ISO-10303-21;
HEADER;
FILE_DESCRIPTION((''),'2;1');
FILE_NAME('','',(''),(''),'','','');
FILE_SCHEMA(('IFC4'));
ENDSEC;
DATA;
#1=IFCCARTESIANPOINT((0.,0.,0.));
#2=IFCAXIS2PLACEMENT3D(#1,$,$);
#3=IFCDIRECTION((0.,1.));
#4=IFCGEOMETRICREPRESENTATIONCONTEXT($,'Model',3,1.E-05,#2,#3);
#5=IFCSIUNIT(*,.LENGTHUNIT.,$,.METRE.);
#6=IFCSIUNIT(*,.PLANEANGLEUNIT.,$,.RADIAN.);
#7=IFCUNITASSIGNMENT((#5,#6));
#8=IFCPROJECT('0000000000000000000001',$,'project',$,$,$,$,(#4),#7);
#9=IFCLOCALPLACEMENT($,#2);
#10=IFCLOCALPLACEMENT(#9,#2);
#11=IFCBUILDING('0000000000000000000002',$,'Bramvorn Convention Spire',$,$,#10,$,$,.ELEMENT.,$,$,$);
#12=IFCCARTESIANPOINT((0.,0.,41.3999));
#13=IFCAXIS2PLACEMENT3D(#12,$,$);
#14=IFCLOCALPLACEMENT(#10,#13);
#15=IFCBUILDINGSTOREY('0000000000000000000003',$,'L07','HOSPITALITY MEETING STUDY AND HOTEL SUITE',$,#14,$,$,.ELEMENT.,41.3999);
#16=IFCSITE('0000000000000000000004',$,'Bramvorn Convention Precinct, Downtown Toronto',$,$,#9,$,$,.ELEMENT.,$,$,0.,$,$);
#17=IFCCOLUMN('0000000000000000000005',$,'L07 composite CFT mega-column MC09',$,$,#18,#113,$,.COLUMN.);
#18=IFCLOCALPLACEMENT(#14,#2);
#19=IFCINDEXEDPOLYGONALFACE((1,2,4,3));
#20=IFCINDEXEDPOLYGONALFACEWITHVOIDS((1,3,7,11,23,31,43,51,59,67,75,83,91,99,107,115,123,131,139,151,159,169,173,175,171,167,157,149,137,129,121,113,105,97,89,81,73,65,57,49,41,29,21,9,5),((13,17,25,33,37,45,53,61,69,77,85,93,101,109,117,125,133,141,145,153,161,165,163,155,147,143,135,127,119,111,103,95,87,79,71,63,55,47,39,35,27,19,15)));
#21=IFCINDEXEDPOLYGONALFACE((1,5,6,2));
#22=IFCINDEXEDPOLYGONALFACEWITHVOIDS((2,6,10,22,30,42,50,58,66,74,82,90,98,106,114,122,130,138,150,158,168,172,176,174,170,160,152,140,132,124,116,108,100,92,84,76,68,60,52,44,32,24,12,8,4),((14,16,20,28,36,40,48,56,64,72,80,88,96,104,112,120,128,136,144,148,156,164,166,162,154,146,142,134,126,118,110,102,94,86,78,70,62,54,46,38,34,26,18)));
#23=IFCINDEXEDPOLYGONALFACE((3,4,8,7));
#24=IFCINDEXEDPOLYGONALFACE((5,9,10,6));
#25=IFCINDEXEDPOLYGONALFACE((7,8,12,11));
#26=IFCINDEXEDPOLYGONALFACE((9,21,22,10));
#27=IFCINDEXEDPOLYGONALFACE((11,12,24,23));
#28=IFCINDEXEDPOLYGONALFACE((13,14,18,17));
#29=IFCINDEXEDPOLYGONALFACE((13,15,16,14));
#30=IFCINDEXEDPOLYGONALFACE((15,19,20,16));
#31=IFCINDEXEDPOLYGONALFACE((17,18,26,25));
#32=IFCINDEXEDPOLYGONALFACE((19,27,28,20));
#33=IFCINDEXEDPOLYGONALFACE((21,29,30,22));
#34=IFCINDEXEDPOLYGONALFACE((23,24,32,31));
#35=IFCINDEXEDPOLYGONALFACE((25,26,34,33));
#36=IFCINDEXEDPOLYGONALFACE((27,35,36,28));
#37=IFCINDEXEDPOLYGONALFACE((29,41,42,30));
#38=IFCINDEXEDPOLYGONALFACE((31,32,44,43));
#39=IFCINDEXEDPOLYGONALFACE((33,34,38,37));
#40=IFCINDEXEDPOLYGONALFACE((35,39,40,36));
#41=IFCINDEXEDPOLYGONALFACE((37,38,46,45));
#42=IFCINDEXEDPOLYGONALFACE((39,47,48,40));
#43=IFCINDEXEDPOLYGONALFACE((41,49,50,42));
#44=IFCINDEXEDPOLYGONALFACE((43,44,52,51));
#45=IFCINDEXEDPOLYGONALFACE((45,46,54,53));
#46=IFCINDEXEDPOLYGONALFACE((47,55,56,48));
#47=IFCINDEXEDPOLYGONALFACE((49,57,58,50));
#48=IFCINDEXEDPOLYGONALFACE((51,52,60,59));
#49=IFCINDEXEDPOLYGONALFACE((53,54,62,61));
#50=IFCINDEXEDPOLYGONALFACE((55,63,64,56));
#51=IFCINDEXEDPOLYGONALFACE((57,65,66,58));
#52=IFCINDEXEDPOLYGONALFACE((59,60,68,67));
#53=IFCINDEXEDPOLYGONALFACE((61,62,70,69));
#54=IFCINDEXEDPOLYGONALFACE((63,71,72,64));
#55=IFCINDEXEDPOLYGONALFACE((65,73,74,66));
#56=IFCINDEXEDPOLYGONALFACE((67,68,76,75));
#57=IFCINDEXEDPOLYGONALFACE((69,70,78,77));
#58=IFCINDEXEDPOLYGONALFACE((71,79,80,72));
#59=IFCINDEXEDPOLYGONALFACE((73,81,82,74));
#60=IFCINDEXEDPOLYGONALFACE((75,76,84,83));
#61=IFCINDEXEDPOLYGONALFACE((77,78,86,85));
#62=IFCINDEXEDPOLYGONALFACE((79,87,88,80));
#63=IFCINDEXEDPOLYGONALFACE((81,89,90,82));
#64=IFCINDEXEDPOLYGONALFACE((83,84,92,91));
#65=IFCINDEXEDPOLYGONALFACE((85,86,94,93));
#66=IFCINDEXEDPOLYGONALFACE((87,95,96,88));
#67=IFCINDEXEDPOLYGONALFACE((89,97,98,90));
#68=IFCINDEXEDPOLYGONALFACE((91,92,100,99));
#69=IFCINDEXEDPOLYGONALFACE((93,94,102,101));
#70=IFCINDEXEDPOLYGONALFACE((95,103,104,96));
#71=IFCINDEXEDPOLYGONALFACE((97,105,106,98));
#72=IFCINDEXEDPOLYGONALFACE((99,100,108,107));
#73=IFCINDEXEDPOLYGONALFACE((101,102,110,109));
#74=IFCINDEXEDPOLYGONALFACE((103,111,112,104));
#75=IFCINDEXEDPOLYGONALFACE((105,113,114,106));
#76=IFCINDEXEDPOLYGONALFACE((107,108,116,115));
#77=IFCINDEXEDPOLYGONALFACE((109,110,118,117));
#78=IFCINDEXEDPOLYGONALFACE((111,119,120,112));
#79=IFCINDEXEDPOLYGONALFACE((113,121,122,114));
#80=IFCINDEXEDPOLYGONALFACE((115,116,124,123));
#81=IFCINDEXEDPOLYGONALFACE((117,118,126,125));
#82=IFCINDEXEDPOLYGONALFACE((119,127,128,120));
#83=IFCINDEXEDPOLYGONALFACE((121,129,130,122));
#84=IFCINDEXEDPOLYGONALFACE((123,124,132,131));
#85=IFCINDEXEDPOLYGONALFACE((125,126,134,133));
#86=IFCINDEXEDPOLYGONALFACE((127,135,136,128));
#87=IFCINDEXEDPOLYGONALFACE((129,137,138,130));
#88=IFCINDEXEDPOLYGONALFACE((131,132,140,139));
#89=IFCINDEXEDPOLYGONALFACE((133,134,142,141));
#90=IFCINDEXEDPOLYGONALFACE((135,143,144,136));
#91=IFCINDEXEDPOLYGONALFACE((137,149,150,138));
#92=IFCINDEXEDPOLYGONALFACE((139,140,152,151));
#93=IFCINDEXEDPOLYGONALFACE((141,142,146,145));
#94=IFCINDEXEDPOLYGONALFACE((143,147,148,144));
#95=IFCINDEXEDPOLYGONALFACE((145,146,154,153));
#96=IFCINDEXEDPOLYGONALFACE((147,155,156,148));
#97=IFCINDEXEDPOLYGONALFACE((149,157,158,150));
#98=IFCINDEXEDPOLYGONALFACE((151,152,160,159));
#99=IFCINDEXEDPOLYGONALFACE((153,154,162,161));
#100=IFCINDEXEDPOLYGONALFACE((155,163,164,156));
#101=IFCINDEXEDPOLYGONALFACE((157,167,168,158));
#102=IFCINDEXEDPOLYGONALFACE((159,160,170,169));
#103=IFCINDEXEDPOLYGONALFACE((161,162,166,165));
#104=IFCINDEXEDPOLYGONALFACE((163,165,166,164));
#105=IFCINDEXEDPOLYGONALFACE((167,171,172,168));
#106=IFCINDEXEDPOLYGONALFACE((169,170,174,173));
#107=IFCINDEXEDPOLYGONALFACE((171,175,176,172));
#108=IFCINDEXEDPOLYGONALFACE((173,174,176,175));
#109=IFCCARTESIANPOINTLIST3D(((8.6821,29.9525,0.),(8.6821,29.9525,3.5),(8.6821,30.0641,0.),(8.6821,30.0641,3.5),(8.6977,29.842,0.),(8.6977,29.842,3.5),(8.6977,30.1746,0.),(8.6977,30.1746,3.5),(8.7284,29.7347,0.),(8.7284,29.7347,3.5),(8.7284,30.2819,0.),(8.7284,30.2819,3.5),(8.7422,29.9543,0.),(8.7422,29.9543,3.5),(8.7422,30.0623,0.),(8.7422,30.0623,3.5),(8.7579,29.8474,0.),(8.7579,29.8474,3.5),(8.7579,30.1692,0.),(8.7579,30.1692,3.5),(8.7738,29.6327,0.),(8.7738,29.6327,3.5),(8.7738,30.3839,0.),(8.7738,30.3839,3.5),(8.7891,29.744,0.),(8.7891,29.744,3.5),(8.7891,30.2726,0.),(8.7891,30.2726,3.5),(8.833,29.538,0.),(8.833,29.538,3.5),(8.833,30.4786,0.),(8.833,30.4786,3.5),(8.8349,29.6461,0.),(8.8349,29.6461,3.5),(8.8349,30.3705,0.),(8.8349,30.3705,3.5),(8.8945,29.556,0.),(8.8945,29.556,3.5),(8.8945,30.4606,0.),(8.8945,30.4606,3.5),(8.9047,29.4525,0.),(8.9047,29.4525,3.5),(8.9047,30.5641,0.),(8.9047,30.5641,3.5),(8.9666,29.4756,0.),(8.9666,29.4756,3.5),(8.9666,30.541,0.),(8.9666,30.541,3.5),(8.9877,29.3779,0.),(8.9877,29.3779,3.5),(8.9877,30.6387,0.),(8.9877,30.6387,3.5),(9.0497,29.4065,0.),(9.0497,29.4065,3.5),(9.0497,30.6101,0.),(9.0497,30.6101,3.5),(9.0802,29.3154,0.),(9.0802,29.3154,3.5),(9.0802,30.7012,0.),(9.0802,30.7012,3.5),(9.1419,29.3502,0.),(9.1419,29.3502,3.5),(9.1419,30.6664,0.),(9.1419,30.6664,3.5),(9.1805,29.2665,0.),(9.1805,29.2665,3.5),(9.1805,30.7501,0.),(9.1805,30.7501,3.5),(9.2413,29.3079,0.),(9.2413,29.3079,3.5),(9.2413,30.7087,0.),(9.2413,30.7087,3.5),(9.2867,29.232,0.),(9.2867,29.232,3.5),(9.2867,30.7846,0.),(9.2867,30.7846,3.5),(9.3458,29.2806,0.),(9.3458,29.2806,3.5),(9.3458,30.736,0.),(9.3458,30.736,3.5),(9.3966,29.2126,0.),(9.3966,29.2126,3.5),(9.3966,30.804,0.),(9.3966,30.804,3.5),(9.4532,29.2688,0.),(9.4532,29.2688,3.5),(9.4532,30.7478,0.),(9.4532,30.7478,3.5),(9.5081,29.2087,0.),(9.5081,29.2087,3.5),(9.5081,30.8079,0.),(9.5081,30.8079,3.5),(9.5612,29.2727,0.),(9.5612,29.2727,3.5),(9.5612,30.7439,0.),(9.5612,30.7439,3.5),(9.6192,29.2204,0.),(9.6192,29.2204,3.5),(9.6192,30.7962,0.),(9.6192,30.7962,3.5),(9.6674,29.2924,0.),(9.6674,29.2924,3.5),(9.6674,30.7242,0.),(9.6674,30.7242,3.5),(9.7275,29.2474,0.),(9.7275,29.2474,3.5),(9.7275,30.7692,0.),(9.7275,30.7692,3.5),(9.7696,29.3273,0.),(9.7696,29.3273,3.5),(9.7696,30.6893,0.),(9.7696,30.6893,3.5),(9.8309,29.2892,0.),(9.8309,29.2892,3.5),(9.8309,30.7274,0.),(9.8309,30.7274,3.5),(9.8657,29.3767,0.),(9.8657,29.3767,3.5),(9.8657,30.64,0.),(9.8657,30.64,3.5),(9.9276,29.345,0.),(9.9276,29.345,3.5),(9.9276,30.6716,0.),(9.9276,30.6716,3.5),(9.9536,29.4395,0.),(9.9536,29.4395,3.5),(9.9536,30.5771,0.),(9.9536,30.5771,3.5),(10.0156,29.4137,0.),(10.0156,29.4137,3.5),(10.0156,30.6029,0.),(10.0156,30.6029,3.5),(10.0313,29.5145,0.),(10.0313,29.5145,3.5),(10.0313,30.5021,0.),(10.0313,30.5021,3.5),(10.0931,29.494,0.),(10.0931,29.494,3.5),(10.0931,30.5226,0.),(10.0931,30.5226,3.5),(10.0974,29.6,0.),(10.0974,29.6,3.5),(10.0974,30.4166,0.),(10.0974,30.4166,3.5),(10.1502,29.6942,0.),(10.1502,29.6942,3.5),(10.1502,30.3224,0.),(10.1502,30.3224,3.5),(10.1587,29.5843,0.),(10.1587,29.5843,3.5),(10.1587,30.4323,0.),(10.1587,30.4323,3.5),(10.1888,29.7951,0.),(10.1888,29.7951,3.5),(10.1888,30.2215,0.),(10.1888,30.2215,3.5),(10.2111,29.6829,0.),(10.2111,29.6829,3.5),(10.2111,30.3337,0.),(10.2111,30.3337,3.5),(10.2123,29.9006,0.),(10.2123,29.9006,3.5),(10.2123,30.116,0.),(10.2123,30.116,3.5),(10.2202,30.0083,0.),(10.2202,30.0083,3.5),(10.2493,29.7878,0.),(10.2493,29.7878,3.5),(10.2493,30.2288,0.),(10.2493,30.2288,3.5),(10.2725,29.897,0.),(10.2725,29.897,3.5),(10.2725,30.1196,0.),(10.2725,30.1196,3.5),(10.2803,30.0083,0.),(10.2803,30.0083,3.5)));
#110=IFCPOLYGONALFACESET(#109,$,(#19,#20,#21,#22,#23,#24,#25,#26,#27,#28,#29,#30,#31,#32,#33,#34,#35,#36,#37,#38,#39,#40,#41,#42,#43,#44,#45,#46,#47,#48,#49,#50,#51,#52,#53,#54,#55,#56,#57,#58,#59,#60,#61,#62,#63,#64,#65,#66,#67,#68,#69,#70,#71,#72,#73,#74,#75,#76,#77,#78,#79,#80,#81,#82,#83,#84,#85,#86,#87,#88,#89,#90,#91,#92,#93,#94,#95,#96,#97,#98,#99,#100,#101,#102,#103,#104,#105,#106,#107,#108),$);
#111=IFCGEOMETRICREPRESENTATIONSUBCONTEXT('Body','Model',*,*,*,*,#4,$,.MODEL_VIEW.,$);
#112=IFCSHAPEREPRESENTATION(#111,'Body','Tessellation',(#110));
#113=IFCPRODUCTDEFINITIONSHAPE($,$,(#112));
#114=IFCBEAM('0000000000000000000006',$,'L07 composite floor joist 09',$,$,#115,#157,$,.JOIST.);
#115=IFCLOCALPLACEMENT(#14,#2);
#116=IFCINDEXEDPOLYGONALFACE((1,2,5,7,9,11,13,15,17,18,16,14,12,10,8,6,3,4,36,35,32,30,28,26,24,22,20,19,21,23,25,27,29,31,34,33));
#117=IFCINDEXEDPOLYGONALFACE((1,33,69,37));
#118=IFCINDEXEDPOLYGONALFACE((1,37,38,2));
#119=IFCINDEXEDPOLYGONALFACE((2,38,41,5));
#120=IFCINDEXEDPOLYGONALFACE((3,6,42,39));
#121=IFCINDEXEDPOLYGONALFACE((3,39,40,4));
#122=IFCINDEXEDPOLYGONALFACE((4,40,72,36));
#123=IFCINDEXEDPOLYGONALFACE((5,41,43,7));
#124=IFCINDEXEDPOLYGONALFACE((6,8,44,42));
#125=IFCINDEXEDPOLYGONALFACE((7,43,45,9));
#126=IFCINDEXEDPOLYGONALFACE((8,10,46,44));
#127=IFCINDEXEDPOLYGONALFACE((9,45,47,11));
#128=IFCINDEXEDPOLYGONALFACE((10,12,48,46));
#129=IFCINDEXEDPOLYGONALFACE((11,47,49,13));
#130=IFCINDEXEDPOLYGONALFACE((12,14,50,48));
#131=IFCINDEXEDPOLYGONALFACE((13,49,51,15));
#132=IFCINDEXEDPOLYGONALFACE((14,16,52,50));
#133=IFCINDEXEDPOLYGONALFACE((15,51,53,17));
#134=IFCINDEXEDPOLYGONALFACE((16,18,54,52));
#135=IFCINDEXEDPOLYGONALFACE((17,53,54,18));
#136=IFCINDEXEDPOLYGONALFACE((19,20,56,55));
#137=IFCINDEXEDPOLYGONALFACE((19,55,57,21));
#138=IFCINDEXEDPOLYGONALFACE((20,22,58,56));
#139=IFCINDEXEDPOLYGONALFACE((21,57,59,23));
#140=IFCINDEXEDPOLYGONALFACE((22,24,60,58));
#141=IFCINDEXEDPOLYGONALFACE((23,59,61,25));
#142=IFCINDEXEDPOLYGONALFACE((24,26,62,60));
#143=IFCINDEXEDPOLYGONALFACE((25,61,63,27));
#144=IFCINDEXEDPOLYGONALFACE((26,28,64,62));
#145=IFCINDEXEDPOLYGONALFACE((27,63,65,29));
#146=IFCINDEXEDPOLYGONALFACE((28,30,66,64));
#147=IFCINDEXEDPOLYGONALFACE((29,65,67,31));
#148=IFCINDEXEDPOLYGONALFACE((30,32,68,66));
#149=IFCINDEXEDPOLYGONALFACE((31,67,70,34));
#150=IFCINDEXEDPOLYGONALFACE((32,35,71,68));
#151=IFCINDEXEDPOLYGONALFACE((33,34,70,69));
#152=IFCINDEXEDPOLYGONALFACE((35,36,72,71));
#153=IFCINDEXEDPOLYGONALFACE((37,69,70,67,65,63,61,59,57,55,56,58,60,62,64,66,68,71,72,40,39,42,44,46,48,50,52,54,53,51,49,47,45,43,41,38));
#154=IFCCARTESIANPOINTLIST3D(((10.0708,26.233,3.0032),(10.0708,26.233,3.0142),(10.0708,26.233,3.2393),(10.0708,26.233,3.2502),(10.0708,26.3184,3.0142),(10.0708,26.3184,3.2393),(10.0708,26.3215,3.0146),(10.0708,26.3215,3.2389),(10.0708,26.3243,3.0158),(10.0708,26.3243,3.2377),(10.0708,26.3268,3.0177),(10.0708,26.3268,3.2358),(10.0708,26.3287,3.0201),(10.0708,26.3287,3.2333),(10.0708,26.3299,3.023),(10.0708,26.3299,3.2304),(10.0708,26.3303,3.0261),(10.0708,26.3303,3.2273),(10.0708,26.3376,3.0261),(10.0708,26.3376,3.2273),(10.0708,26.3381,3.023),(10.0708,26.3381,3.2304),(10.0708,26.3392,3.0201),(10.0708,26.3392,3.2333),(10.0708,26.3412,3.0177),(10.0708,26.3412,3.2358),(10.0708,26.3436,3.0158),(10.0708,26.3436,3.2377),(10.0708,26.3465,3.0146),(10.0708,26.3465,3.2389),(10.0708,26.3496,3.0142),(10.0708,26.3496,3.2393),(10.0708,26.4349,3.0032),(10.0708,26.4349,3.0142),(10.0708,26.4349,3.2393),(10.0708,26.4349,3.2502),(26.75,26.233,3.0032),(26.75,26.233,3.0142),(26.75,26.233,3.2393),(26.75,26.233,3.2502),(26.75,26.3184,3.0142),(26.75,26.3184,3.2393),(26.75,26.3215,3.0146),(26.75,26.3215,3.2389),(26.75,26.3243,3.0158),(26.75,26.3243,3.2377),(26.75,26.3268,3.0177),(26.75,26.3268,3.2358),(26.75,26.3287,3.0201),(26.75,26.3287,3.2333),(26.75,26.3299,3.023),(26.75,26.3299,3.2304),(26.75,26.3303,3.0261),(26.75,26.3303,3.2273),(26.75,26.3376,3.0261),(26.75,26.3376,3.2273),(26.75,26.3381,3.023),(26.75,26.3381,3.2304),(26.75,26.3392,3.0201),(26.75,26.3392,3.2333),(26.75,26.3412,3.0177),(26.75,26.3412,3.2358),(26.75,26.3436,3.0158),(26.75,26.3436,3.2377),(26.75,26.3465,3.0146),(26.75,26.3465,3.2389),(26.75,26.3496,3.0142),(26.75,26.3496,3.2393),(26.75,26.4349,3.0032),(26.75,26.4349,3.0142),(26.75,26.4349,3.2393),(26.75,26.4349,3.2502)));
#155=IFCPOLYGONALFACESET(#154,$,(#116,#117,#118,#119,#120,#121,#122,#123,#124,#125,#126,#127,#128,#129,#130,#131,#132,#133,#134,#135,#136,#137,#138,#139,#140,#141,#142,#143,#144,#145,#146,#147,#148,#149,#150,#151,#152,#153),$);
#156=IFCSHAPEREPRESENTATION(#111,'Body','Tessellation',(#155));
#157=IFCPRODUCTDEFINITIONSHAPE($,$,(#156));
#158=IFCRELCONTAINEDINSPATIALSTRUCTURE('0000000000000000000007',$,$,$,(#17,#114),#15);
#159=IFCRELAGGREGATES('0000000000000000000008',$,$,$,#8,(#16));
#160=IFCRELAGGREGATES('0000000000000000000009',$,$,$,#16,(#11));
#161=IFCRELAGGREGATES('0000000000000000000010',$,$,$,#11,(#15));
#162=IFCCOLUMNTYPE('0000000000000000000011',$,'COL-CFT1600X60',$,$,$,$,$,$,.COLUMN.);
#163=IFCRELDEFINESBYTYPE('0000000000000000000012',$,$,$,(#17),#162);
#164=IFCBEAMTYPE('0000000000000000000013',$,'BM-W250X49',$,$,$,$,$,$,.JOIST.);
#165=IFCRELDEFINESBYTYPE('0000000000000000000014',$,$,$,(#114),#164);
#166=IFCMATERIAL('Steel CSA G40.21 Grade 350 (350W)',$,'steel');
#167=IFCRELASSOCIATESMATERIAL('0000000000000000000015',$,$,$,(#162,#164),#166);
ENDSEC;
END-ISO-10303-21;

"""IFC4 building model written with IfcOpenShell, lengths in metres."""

from ifc_helpers import new_model, si_unit, direction, frame, origin, origin_2d, place, context, subcontext, project, spatial, hollow_circle, i_section, extrude, material, material_profile, profile_set, type_object, element, save


model = new_model("IFC4")

# Units and contexts
model_context = context("Model", 3, precision=1e-05, world=origin(), true_north=direction((0.0, 1.0)))
body_context = subcontext(model_context, "Body", "Model", "MODEL_VIEW")
ifc_project = project(units=[si_unit("LENGTHUNIT", "METRE"), si_unit("PLANEANGLEUNIT", "RADIAN")], contexts=[model_context])

# Site, building, storey
site_placement = place(None, origin())
site = spatial("IfcSite", under=ifc_project, at=site_placement, Name="Bramvorn Convention Precinct, Downtown Toronto", CompositionType="ELEMENT", RefElevation=0.0)
building_placement = place(site_placement, origin())
building = spatial("IfcBuilding", under=site, at=building_placement, Name="Bramvorn Convention Spire", CompositionType="ELEMENT")
storey_placement = place(building_placement, frame((0.0, 0.0, 41.3999)))
storey = spatial("IfcBuildingStorey", under=building, at=storey_placement, Name="L07", Description="HOSPITALITY MEETING STUDY AND HOTEL SUITE", CompositionType="ELEMENT", Elevation=41.3999)

# Column
ifc_material_1 = material(Name="Steel CSA G40.21 Grade 350 (350W)", Category="steel")
ifc_material_profile_1 = material_profile(ifc_material_1, hollow_circle(Radius=0.8, WallThickness=0.0601, at=origin_2d()))
ifc_profile_set_1 = profile_set([ifc_material_profile_1], Name="Steel CSA G40.21 Grade 350 (350W) - CFT1600X60")
column_type = type_object("IfcColumnType", Name="COL-CFT1600X60", PredefinedType="COLUMN", material=ifc_profile_set_1)
column_placement = place(storey_placement, frame((9.4802, 30.0083, 0.0), z_axis=(0.0, 0.0, 1.0), x_axis=(1.0, 0.0, 0.0)))
element("IfcColumn", 1, at=column_placement, inside=storey, type_object=column_type, Name="L07 composite CFT mega-column MC09", PredefinedType="COLUMN", context=body_context, shape_type="SweptSolid", body=[
    extrude(hollow_circle(Radius=0.8, WallThickness=0.0601, at=origin_2d()), origin(), (0.0, 0.0, 1.0), 3.5),
])

# Beam
ifc_material_profile_2 = material_profile(ifc_material_1, i_section(OverallWidth=0.2019, OverallDepth=0.2471, WebThickness=0.0073, FlangeThickness=0.011, FilletRadius=0.012, at=origin_2d()))
ifc_profile_set_2 = profile_set([ifc_material_profile_2], Name="Steel CSA G40.21 Grade 350 (350W) - W250X49")
beam_type_1 = type_object("IfcBeamType", Name="BM-W250X49", PredefinedType="JOIST", material=ifc_profile_set_2)
beam_1_placement = place(storey_placement, frame((26.75, 26.334, 3.1267), z_axis=(-1.0, 0.0, 0.0), x_axis=(0.0, -1.0, 0.0)))
element("IfcBeam", 2, at=beam_1_placement, inside=storey, type_object=beam_type_1, Name="L07 composite floor joist 09", PredefinedType="JOIST", context=body_context, shape_type="SweptSolid", body=[
    extrude(i_section(OverallWidth=0.2019, OverallDepth=0.2471, WebThickness=0.0073, FlangeThickness=0.011, FilletRadius=0.012, at=origin_2d()), origin(), (0.0, 0.0, 1.0), 16.6792),
])

save(model, "model.ifc")
